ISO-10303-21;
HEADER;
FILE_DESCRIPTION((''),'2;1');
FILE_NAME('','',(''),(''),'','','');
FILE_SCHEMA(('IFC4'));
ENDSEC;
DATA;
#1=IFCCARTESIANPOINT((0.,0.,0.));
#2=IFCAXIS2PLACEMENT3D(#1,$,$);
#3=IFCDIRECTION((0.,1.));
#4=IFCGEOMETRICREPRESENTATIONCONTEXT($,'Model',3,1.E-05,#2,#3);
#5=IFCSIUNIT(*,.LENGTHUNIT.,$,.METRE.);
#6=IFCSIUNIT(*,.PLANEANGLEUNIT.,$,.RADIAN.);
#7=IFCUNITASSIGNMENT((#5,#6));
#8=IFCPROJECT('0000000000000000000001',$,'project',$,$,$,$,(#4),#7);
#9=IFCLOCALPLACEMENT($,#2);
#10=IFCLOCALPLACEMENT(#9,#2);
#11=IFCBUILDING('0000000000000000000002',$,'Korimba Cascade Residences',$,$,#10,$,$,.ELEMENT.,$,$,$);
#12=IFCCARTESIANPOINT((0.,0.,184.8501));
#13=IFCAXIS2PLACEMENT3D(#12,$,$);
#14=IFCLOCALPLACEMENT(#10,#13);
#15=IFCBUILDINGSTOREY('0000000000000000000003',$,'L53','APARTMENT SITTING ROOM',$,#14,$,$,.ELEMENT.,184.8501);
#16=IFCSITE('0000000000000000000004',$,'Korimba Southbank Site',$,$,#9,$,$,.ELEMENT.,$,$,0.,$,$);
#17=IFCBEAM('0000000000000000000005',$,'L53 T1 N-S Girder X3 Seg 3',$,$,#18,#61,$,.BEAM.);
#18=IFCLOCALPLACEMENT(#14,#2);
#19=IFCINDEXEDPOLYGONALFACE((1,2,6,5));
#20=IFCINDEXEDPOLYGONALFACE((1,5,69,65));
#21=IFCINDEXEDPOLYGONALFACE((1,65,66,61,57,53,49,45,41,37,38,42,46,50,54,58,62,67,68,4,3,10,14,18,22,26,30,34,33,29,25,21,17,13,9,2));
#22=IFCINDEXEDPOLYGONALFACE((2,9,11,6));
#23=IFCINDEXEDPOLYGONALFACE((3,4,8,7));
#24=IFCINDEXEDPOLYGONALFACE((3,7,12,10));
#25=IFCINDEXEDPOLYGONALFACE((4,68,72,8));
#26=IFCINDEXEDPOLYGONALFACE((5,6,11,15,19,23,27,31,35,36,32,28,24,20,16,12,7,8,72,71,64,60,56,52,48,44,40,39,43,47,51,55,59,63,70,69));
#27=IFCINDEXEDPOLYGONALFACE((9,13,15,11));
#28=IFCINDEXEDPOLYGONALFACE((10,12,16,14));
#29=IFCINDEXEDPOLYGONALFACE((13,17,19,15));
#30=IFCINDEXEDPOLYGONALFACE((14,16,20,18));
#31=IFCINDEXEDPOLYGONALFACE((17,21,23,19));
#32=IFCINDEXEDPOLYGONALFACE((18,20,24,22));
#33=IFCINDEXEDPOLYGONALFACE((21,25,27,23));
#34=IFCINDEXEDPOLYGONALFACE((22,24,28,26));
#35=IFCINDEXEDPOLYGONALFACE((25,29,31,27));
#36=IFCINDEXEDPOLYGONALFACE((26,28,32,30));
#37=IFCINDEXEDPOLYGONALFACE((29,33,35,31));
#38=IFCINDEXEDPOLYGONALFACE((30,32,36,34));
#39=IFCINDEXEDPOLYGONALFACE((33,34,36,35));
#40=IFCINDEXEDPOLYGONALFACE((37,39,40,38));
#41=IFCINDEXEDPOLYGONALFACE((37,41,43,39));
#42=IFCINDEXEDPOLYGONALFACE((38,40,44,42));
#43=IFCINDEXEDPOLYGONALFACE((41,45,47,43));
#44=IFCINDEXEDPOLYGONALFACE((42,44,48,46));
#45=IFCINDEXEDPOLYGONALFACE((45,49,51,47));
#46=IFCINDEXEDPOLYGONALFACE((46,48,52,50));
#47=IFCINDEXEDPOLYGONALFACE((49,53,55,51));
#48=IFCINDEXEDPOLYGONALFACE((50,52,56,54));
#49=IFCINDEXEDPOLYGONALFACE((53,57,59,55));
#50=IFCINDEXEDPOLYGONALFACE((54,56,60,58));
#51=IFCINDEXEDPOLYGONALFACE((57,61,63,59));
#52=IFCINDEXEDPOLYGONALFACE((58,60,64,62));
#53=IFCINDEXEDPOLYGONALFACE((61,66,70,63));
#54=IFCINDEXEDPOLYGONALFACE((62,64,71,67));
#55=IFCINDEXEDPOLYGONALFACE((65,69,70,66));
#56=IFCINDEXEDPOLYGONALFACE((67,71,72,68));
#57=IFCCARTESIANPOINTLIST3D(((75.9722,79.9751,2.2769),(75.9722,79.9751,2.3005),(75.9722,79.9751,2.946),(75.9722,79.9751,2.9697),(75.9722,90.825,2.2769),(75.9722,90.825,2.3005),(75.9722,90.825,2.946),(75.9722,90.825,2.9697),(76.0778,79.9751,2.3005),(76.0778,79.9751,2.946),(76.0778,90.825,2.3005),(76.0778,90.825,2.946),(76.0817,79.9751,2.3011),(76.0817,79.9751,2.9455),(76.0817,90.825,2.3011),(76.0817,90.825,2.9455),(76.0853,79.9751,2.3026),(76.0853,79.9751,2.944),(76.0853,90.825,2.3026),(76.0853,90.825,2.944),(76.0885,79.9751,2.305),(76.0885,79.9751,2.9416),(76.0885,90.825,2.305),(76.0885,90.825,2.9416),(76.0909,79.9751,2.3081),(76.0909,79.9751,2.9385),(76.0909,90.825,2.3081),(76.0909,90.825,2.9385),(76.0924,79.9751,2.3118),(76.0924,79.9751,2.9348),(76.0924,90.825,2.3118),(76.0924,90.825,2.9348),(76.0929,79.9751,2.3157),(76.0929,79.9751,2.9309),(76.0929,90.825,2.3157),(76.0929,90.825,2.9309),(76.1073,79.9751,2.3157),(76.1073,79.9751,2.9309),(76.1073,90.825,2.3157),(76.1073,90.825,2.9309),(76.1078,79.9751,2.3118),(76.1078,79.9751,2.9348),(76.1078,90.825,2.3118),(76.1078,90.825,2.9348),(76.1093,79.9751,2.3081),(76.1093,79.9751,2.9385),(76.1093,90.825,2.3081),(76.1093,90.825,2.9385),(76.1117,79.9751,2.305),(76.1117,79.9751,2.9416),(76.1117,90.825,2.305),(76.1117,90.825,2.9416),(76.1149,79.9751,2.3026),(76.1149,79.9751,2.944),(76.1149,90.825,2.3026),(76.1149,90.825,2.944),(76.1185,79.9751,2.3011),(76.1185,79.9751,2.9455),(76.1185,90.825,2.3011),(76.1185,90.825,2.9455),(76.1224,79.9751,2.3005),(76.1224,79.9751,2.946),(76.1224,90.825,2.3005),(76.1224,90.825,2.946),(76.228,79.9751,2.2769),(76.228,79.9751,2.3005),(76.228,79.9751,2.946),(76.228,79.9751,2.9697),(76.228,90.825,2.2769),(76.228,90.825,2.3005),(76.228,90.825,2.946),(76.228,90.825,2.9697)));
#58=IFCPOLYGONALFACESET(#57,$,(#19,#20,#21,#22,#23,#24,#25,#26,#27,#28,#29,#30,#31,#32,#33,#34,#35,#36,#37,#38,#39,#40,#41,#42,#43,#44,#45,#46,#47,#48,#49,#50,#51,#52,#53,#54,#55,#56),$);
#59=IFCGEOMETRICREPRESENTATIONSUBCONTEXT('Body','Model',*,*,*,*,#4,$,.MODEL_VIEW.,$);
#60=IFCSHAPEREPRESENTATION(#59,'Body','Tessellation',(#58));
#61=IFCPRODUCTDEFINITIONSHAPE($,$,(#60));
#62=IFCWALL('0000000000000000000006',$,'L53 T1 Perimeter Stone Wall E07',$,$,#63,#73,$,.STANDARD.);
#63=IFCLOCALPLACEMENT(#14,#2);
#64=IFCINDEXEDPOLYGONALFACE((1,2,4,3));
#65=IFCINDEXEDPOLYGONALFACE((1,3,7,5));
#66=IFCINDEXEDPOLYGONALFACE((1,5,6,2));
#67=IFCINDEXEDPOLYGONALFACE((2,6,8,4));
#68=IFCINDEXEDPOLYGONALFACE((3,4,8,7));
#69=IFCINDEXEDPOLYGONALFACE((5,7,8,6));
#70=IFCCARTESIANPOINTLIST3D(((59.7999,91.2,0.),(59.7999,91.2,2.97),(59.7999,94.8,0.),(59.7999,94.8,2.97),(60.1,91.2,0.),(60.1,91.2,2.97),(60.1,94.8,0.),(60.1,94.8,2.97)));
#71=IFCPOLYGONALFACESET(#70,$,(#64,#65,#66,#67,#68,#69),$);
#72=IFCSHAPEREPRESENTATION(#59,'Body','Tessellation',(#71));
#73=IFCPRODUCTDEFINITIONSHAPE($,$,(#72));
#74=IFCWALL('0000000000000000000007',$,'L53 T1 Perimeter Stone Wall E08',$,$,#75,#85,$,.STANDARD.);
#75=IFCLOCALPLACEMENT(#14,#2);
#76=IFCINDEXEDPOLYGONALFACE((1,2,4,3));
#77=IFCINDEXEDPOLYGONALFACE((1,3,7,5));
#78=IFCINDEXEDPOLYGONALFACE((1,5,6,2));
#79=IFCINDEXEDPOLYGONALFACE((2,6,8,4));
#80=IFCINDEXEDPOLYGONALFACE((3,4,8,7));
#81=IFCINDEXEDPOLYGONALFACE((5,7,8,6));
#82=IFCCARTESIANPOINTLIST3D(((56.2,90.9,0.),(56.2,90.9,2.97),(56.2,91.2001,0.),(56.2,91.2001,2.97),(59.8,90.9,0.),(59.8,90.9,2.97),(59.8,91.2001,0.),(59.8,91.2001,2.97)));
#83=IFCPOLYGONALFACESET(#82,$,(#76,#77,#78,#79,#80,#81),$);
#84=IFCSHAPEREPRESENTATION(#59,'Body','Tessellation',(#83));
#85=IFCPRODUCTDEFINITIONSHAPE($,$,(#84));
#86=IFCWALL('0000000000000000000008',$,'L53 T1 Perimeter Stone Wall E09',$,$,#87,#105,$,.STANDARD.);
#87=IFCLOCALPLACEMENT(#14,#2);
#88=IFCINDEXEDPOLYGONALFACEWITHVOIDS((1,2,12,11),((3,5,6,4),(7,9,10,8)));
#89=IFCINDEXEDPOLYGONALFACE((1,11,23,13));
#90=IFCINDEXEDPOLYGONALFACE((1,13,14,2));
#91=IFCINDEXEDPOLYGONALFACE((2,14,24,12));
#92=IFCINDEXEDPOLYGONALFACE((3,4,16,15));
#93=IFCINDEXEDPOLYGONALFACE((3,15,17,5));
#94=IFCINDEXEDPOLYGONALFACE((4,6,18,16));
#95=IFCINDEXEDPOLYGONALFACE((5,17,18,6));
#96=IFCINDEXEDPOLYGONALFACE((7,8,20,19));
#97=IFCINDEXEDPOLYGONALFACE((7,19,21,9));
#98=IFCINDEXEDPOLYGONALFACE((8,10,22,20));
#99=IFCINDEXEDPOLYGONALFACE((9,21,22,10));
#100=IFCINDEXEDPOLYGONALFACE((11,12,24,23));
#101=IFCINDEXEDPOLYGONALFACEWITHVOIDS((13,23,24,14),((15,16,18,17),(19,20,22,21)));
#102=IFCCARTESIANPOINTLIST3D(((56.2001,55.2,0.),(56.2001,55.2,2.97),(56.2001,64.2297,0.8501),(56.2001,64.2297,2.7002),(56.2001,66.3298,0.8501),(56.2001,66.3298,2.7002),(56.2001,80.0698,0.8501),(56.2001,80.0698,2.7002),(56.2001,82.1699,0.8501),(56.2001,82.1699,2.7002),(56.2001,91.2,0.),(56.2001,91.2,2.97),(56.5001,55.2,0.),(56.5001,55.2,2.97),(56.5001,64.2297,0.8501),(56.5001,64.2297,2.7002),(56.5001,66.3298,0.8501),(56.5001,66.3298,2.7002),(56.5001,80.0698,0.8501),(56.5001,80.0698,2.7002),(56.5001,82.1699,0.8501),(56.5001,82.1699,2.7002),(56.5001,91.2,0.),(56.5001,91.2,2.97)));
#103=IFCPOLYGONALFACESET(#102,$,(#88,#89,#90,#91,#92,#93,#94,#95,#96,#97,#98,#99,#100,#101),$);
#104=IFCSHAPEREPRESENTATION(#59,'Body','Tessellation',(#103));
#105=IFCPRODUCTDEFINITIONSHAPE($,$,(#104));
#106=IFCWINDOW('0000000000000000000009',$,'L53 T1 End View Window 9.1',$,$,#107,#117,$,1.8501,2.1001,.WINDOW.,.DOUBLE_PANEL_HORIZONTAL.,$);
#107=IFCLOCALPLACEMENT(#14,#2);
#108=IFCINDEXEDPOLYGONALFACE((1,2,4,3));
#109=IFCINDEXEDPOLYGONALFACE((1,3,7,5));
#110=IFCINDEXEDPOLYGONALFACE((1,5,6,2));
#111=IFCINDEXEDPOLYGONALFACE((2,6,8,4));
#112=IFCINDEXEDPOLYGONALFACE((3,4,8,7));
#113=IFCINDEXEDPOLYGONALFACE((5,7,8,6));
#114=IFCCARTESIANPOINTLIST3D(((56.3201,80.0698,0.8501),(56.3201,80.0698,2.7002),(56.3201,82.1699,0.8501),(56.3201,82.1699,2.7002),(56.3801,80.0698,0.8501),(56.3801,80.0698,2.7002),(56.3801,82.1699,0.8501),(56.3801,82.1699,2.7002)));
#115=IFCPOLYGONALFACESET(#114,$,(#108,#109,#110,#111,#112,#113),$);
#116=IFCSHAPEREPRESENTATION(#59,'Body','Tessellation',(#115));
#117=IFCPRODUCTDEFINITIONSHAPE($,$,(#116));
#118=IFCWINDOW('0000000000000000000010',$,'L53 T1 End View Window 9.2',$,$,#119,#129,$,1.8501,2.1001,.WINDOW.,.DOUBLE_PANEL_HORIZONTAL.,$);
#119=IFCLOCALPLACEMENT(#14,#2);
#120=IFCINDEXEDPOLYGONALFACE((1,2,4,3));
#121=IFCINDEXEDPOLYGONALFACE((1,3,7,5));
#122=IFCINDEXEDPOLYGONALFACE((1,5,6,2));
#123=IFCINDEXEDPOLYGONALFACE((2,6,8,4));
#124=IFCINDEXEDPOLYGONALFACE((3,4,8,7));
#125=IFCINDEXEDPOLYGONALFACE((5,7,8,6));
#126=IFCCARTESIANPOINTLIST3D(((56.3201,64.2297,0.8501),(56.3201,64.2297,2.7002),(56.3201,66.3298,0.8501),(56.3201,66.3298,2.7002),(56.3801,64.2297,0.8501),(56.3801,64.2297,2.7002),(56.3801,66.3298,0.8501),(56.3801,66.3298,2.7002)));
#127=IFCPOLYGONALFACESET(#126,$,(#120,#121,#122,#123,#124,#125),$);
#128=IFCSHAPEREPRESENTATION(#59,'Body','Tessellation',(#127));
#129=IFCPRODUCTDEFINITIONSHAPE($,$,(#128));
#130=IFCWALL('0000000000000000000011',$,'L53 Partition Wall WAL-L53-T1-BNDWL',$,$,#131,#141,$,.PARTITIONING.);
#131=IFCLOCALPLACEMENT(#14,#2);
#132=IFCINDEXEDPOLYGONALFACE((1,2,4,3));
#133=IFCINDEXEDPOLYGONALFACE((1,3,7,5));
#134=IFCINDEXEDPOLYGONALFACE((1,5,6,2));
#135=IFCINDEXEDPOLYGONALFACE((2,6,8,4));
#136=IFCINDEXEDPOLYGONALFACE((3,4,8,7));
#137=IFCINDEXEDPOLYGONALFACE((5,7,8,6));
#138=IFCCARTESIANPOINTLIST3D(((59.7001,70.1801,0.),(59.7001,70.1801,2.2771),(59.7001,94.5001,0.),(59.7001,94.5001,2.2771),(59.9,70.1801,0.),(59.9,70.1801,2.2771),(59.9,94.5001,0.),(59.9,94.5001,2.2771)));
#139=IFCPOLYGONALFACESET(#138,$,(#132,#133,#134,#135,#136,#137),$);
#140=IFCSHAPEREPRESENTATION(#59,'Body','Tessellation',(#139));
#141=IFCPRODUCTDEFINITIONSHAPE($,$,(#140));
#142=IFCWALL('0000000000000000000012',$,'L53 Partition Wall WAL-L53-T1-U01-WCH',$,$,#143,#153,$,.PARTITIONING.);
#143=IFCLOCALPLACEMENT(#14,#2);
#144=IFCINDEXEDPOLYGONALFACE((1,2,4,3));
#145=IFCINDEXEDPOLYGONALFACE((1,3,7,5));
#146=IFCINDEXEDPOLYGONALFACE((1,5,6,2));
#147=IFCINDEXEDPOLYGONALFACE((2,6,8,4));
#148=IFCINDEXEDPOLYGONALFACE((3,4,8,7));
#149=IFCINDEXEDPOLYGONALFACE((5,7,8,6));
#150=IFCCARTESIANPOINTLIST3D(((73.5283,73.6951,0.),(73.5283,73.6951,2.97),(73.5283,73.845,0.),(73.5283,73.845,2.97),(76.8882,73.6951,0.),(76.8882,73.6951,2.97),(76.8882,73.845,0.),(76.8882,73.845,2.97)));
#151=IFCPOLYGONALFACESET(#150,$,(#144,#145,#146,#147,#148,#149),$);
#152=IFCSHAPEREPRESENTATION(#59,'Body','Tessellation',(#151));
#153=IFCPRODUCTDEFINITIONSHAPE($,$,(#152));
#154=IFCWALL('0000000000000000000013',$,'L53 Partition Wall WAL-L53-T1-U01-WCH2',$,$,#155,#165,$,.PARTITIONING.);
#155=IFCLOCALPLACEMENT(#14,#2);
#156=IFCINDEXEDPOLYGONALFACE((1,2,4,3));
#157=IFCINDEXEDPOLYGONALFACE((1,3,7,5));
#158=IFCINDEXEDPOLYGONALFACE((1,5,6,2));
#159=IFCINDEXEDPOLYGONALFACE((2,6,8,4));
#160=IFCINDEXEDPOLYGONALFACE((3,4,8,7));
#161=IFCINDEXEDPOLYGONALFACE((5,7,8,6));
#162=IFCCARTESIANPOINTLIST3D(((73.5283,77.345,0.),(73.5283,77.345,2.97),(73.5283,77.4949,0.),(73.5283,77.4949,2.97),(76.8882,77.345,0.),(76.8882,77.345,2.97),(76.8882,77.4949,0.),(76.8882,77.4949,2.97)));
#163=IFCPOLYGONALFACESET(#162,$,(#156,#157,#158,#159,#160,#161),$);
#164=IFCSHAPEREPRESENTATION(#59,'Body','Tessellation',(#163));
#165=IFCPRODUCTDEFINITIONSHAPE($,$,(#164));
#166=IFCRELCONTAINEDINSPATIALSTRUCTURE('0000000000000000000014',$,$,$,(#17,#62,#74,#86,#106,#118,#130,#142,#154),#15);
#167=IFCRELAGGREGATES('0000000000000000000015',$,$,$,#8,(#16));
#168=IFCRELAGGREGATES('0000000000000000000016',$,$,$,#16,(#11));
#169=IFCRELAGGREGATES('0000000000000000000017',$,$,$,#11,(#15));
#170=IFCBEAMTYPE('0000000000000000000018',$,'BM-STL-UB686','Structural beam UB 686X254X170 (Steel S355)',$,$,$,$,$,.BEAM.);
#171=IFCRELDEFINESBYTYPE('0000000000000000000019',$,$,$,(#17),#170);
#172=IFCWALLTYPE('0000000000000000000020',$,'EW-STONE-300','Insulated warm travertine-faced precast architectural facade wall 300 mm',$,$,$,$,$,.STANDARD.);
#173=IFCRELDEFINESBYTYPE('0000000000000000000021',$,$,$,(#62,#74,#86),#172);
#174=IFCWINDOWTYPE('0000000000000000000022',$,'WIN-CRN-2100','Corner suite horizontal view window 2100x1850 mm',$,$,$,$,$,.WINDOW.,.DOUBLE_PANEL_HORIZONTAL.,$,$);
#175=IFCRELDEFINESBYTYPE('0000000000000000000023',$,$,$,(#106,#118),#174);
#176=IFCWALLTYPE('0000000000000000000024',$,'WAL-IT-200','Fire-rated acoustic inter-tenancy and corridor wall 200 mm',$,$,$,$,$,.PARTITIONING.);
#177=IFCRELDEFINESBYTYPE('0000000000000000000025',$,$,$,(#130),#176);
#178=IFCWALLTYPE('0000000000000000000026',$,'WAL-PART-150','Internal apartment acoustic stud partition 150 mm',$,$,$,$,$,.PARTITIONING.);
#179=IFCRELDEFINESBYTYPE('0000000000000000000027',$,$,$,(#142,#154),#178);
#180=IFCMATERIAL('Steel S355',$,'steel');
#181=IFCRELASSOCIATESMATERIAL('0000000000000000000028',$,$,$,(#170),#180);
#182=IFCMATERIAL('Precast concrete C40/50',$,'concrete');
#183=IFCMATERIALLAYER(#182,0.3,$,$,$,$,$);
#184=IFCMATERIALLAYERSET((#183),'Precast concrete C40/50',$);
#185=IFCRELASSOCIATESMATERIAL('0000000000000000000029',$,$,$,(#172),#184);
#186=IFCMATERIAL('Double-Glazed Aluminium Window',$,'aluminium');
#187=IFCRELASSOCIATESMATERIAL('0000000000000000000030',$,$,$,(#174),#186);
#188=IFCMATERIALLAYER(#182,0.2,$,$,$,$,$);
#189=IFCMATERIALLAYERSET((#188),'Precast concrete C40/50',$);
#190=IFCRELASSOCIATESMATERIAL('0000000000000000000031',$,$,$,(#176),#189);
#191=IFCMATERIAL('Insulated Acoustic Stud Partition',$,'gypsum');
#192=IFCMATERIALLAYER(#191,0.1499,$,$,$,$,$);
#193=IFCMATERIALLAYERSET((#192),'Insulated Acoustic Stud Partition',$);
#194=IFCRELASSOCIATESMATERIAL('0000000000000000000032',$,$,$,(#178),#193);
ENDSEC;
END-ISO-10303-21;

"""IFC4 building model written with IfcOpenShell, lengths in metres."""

from ifc_helpers import new_model, si_unit, direction, frame, frame_2d, origin, origin_2d, place, context, subcontext, project, spatial, rectangle, i_section, extrude, material, layer, layer_set, material_profile, profile_set, type_object, element, fill, save


model = new_model("IFC4")

# Units and contexts
model_context = context("Model", 3, precision=1e-05, world=origin(), true_north=direction((0.0, 1.0)))
body_context = subcontext(model_context, "Body", "Model", "MODEL_VIEW")
ifc_project = project(units=[si_unit("LENGTHUNIT", "METRE"), si_unit("PLANEANGLEUNIT", "RADIAN")], contexts=[model_context])

# Site, building, storey
site_placement = place(None, origin())
site = spatial("IfcSite", under=ifc_project, at=site_placement, Name="Korimba Southbank Site", CompositionType="ELEMENT", RefElevation=0.0)
building_placement = place(site_placement, origin())
building = spatial("IfcBuilding", under=site, at=building_placement, Name="Korimba Cascade Residences", CompositionType="ELEMENT")
storey_placement = place(building_placement, frame((0.0, 0.0, 184.8501)))
storey = spatial("IfcBuildingStorey", under=building, at=storey_placement, Name="L53", Description="APARTMENT SITTING ROOM", CompositionType="ELEMENT", Elevation=184.8501)

# Beam
ifc_material_1 = material(Name="Steel S355", Category="steel")
ifc_material_profile_1 = material_profile(ifc_material_1, i_section(OverallWidth=0.2559, OverallDepth=0.6929, WebThickness=0.0144, FlangeThickness=0.0237, FilletRadius=0.0151, at=origin_2d()), Name="Steel S355")
ifc_profile_set_1 = profile_set([ifc_material_profile_1], Name="Steel S355")
beam_type_1 = type_object("IfcBeamType", Name="BM-STL-UB686", Description="Structural beam UB 686X254X170 (Steel S355)", PredefinedType="BEAM", material=ifc_profile_set_1)
for number, where, z_axis, x_axis, name in (
    (1, (76.1001, 79.9751, 2.6233), (0.0, 1.0, 0.0), (-1.0, 0.0, 0.0), "L53 T1 N-S Girder X3 Seg 3"),
):
    element("IfcBeam", number, at=place(storey_placement, frame(where, z_axis=z_axis, x_axis=x_axis)), inside=storey, type_object=beam_type_1, Name=name, PredefinedType="BEAM", context=body_context, shape_type="SweptSolid", body=[
        extrude(i_section(OverallWidth=0.2559, OverallDepth=0.6929, WebThickness=0.0144, FlangeThickness=0.0237, FilletRadius=0.0151, at=origin_2d()), origin(), (0.0, 0.0, 1.0), 10.8499),
    ])

# Walls
ifc_material_2 = material(Name="Precast concrete C40/50", Category="concrete")
ifc_layer_1 = layer(ifc_material_2, 0.3)
ifc_layer_set_1 = layer_set([ifc_layer_1], Name="Precast concrete C40/50")
wall_type_1 = type_object("IfcWallType", Name="EW-STONE-300", Description="Insulated warm travertine-faced precast architectural facade wall 300 mm", PredefinedType="STANDARD", material=ifc_layer_set_1)
for number, where, z_axis, x_axis, name in (
    (2, (59.95, 94.8, 0.0), (0.0, 0.0, 1.0), (0.0, -1.0, 0.0), "L53 T1 Perimeter Stone Wall E07"),
    (3, (59.8, 91.05, 0.0), (0.0, 0.0, 1.0), (-1.0, 0.0, 0.0), "L53 T1 Perimeter Stone Wall E08"),
):
    element("IfcWall", number, at=place(storey_placement, frame(where, z_axis=z_axis, x_axis=x_axis)), inside=storey, type_object=wall_type_1, Name=name, PredefinedType="STANDARD", context=body_context, shape_type="SweptSolid", body=[
        extrude(rectangle(XDim=3.6001, YDim=0.3, at=frame_2d((1.8, 0.0))), origin(), (0.0, 0.0, 1.0), 2.97),
    ])

# Wall, openings, windows
wall_1_placement = place(storey_placement, frame((56.3501, 91.2, 0.0), z_axis=(0.0, 0.0, 1.0), x_axis=(0.0, -1.0, 0.0)))
wall_1 = element("IfcWall", 4, at=wall_1_placement, inside=storey, type_object=wall_type_1, Name="L53 T1 Perimeter Stone Wall E09", PredefinedType="STANDARD", context=body_context, shape_type="SweptSolid", body=[
    extrude(rectangle(XDim=36.0, YDim=0.3, at=frame_2d((18.0, 0.0))), origin(), (0.0, 0.0, 1.0), 2.97),
])
opening_1_placement = place(wall_1_placement, frame((9.03, 0.0, 0.8501)))
opening_1 = element("IfcOpeningElement", 5, at=opening_1_placement, cuts=wall_1, PredefinedType="OPENING", context=body_context, shape_type="SweptSolid", body=[
    extrude(rectangle(XDim=2.1001, YDim=1.8501, at=frame_2d((1.05, 0.925))), frame((0.0, 0.1602, 0.0), z_axis=(0.0, -1.0, 0.0), x_axis=(1.0, 0.0, 0.0)), (0.0, 0.0, 1.0), 0.3201),
])
opening_2_placement = place(wall_1_placement, frame((24.8701, 0.0, 0.8501)))
opening_2 = element("IfcOpeningElement", 6, at=opening_2_placement, cuts=wall_1, PredefinedType="OPENING", context=body_context, shape_type="SweptSolid", body=[
    extrude(rectangle(XDim=2.1001, YDim=1.8501, at=frame_2d((1.05, 0.925))), frame((0.0, 0.1602, 0.0), z_axis=(0.0, -1.0, 0.0), x_axis=(1.0, 0.0, 0.0)), (0.0, 0.0, 1.0), 0.3201),
])
ifc_material_3 = material(Name="Double-Glazed Aluminium Window", Category="aluminium")
window_type = type_object("IfcWindowType", Name="WIN-CRN-2100", Description="Corner suite horizontal view window 2100x1850 mm", PartitioningType="DOUBLE_PANEL_HORIZONTAL", PredefinedType="WINDOW", material=ifc_material_3)
window_1_placement = place(opening_1_placement, origin())
window_1 = element("IfcWindow", 7, at=window_1_placement, inside=storey, type_object=window_type, Name="L53 T1 End View Window 9.1", OverallHeight=1.8501, OverallWidth=2.1001, PartitioningType="DOUBLE_PANEL_HORIZONTAL", PredefinedType="WINDOW", context=body_context, shape_type="SweptSolid", body=[
    extrude(rectangle(XDim=2.1001, YDim=1.8501, at=frame_2d((1.05, 0.925))), frame((0.0, 0.03, 0.0), z_axis=(0.0, -1.0, 0.0), x_axis=(1.0, 0.0, 0.0)), (0.0, 0.0, 1.0), 0.0601),
])
fill(opening_1, window_1)
window_2_placement = place(opening_2_placement, origin())
window_2 = element("IfcWindow", 8, at=window_2_placement, inside=storey, type_object=window_type, Name="L53 T1 End View Window 9.2", OverallHeight=1.8501, OverallWidth=2.1001, PartitioningType="DOUBLE_PANEL_HORIZONTAL", PredefinedType="WINDOW", context=body_context, shape_type="SweptSolid", body=[
    extrude(rectangle(XDim=2.1001, YDim=1.8501, at=frame_2d((1.05, 0.925))), frame((0.0, 0.03, 0.0), z_axis=(0.0, -1.0, 0.0), x_axis=(1.0, 0.0, 0.0)), (0.0, 0.0, 1.0), 0.0601),
])
fill(opening_2, window_2)

# Walls
ifc_layer_2 = layer(ifc_material_2, 0.2)
ifc_layer_set_2 = layer_set([ifc_layer_2], Name="Precast concrete C40/50")
wall_type_2 = type_object("IfcWallType", Name="WAL-IT-200", Description="Fire-rated acoustic inter-tenancy and corridor wall 200 mm", PredefinedType="PARTITIONING", material=ifc_layer_set_2)
wall_2_placement = place(storey_placement, frame((59.8, 70.1799, 0.0), z_axis=(0.0, 0.0, 1.0), x_axis=(0.0, 1.0, 0.0)))
element("IfcWall", 9, at=wall_2_placement, inside=storey, type_object=wall_type_2, Name="L53 Partition Wall WAL-L53-T1-BNDWL", PredefinedType="PARTITIONING", context=body_context, shape_type="SweptSolid", body=[
    extrude(rectangle(XDim=24.3201, YDim=0.2, at=frame_2d((12.1602, 0.0))), origin(), (0.0, 0.0, 1.0), 2.2771),
])
ifc_material_4 = material(Name="Insulated Acoustic Stud Partition", Category="gypsum")
ifc_layer_3 = layer(ifc_material_4, 0.1499)
ifc_layer_set_3 = layer_set([ifc_layer_3], Name="Insulated Acoustic Stud Partition")
wall_type_3 = type_object("IfcWallType", Name="WAL-PART-150", Description="Internal apartment acoustic stud partition 150 mm", PredefinedType="PARTITIONING", material=ifc_layer_set_3)
for number, where, z_axis, x_axis, name in (
    (10, (73.5283, 73.77, 0.0), (0.0, 0.0, 1.0), (1.0, 0.0, 0.0), "L53 Partition Wall WAL-L53-T1-U01-WCH"),
    (11, (73.5283, 77.4199, 0.0), (0.0, 0.0, 1.0), (1.0, 0.0, 0.0), "L53 Partition Wall WAL-L53-T1-U01-WCH2"),
):
    element("IfcWall", number, at=place(storey_placement, frame(where, z_axis=z_axis, x_axis=x_axis)), inside=storey, type_object=wall_type_3, Name=name, PredefinedType="PARTITIONING", context=body_context, shape_type="SweptSolid", body=[
        extrude(rectangle(XDim=3.3599, YDim=0.1499, at=frame_2d((1.6799, 0.0))), origin(), (0.0, 0.0, 1.0), 2.97),
    ])

save(model, "model.ifc")
